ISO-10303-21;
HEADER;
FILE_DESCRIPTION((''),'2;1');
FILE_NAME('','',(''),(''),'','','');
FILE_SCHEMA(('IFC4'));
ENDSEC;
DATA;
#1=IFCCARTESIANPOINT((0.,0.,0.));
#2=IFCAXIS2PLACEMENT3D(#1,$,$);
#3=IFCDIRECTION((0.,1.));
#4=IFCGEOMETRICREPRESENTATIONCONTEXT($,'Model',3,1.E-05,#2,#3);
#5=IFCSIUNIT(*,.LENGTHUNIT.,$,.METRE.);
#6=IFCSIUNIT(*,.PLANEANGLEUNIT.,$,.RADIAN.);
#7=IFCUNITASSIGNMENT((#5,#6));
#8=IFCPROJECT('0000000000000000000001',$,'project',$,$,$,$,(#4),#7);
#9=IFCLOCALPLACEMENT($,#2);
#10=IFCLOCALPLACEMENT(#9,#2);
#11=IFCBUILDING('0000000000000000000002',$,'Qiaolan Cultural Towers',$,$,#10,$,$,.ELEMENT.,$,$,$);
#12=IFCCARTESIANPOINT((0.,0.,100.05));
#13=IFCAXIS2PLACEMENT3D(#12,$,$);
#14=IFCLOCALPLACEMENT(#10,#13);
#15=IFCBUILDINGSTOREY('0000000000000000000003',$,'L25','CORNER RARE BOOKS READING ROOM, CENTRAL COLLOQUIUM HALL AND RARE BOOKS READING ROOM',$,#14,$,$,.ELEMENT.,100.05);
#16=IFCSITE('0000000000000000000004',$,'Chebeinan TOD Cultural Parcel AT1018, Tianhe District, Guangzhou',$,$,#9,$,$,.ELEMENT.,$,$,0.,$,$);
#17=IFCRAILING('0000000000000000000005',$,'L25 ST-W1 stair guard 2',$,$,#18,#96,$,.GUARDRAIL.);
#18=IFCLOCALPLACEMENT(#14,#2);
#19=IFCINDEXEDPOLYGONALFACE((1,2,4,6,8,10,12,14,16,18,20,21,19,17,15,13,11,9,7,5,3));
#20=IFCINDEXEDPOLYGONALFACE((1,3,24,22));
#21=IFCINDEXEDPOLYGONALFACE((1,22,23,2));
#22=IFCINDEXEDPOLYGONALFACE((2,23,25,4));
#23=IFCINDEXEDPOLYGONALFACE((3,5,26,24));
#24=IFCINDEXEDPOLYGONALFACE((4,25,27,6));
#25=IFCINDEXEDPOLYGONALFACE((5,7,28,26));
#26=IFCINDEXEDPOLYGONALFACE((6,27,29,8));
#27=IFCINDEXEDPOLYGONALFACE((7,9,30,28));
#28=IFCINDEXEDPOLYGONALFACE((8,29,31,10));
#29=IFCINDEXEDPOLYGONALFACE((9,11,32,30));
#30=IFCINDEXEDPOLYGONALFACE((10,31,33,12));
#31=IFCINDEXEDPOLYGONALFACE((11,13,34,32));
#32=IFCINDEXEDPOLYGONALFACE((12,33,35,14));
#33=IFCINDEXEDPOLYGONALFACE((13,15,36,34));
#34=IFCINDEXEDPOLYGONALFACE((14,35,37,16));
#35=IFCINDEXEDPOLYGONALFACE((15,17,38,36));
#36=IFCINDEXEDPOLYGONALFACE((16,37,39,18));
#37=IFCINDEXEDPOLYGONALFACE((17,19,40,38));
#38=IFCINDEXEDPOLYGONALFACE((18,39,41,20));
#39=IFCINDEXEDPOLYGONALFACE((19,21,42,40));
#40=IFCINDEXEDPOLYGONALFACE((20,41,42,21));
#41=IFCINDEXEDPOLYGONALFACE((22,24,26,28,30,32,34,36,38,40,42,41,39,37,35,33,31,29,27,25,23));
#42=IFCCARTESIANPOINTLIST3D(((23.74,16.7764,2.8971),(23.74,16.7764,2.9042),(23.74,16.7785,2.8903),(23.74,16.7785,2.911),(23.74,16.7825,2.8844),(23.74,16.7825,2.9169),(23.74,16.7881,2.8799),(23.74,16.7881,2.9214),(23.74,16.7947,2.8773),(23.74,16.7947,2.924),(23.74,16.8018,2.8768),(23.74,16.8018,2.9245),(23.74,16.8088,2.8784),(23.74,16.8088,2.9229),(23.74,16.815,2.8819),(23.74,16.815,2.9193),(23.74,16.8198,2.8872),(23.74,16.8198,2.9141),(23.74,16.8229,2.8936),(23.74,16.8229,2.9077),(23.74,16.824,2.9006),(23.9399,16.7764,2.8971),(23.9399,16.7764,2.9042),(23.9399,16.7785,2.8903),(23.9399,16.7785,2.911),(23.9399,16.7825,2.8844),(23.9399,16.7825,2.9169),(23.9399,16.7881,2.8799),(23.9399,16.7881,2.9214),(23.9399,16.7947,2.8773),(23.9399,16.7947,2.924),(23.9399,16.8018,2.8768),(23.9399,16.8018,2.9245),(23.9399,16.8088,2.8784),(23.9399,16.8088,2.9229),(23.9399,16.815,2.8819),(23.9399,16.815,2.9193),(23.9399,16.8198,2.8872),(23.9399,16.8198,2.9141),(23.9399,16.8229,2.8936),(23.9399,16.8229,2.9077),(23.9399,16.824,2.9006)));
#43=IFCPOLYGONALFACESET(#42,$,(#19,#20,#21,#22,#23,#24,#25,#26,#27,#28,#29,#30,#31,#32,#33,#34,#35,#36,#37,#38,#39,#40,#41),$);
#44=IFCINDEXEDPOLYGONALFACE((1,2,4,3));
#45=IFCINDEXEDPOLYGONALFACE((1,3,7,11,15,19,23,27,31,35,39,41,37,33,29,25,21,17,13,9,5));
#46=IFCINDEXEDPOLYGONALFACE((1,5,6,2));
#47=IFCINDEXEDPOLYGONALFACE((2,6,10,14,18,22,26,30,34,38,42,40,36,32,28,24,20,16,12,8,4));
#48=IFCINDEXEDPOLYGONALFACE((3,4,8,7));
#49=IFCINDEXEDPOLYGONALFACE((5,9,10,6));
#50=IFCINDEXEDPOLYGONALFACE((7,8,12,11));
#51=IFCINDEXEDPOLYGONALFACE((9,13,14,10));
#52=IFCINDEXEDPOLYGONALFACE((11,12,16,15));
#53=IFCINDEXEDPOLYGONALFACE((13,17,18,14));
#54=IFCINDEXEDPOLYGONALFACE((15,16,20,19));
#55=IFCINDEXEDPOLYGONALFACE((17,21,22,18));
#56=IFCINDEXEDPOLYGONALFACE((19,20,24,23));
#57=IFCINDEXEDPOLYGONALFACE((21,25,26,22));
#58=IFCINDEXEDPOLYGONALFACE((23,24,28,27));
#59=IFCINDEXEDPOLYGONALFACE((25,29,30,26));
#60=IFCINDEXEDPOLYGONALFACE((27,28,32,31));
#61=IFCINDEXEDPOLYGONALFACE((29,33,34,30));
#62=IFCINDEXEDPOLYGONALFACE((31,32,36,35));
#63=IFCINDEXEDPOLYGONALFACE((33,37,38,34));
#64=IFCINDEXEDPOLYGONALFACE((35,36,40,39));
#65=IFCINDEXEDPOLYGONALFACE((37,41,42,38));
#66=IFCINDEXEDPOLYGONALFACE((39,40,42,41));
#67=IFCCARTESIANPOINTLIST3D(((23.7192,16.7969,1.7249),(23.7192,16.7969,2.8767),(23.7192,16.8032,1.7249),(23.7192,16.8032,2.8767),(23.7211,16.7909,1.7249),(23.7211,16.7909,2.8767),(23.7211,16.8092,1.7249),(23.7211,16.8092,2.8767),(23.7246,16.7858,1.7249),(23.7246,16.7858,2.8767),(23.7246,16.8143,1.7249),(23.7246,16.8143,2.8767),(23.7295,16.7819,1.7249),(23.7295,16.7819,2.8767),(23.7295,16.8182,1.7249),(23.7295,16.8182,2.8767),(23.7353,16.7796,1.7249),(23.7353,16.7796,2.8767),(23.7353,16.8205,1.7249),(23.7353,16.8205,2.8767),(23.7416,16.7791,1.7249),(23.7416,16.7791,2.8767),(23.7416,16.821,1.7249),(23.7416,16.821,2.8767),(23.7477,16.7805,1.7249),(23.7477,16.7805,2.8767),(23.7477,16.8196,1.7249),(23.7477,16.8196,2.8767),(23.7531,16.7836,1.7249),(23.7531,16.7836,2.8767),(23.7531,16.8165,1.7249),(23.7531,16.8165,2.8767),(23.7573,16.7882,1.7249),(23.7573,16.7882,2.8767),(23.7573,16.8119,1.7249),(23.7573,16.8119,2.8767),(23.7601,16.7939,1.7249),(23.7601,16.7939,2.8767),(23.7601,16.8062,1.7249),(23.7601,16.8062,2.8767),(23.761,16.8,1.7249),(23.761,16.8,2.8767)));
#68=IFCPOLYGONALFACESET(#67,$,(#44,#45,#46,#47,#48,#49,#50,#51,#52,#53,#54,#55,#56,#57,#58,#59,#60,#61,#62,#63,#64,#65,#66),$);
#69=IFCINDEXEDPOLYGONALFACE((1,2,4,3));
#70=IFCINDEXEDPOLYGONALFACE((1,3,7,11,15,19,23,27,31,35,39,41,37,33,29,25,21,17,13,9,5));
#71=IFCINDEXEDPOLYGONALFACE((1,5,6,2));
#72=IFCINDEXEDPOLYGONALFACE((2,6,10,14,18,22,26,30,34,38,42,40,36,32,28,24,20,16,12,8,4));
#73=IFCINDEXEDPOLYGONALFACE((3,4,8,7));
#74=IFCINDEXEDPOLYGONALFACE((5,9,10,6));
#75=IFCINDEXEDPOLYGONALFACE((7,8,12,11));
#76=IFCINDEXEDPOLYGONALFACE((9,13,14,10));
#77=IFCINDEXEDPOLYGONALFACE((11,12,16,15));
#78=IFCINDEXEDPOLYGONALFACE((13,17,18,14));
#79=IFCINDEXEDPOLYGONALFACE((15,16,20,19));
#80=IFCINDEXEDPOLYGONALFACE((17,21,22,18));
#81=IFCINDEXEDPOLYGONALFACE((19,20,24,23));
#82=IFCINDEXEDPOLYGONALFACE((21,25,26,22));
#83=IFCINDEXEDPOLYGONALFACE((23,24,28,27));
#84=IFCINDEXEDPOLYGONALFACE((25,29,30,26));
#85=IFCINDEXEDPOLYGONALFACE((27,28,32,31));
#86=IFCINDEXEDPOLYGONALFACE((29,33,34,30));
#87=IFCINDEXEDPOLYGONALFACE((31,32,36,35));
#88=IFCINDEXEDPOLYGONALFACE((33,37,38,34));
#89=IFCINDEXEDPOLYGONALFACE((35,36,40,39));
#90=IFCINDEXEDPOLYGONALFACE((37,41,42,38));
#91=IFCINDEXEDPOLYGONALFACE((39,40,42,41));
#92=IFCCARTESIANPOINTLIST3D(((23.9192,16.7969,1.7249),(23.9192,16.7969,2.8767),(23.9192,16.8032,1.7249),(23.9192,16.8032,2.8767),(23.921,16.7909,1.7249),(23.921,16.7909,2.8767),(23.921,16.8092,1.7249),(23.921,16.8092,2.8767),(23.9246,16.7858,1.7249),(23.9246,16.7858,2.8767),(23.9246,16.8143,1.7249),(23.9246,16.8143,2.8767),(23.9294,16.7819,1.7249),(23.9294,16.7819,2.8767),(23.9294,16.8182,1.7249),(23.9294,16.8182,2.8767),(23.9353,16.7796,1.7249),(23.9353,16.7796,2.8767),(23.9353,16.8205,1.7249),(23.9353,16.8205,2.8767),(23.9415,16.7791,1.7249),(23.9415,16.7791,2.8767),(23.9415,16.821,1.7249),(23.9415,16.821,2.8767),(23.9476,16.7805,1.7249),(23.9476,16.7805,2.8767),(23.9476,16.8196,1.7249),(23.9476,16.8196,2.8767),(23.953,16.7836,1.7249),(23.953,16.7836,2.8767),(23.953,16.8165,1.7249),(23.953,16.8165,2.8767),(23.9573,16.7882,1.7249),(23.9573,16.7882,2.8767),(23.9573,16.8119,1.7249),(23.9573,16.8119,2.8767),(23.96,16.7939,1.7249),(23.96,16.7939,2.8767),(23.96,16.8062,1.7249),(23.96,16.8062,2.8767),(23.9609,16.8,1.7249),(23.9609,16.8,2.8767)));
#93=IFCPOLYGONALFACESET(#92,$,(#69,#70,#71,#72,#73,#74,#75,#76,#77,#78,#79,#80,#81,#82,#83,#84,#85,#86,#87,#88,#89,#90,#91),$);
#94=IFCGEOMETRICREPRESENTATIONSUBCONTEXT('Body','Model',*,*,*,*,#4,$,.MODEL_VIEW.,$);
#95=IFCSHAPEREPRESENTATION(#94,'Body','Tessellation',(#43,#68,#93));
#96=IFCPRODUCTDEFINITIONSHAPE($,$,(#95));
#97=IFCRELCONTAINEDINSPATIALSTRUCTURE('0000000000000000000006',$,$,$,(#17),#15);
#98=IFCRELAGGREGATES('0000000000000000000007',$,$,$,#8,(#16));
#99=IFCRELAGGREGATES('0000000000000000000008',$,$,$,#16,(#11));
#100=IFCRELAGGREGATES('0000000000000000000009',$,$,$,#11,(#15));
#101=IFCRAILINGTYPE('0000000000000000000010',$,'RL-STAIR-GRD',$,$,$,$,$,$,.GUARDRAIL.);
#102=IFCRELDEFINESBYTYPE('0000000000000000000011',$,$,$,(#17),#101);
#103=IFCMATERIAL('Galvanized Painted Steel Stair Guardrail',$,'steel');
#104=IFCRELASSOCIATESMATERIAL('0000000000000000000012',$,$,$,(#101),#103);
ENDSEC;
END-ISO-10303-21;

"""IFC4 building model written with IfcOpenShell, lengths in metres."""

from ifc_helpers import new_model, si_unit, direction, frame, origin, origin_2d, place, context, subcontext, project, spatial, circle, extrude, material, type_object, element, save


model = new_model("IFC4")

# Units and contexts
model_context = context("Model", 3, precision=1e-05, world=origin(), true_north=direction((0.0, 1.0)))
body_context = subcontext(model_context, "Body", "Model", "MODEL_VIEW")
ifc_project = project(units=[si_unit("LENGTHUNIT", "METRE"), si_unit("PLANEANGLEUNIT", "RADIAN")], contexts=[model_context])

# Site, building, storey
site_placement = place(None, origin())
site = spatial("IfcSite", under=ifc_project, at=site_placement, Name="Chebeinan TOD Cultural Parcel AT1018, Tianhe District, Guangzhou", CompositionType="ELEMENT", RefElevation=0.0)
building_placement = place(site_placement, origin())
building = spatial("IfcBuilding", under=site, at=building_placement, Name="Qiaolan Cultural Towers", CompositionType="ELEMENT")
storey_placement = place(building_placement, frame((0.0, 0.0, 100.05)))
storey = spatial("IfcBuildingStorey", under=building, at=storey_placement, Name="L25", Description="CORNER RARE BOOKS READING ROOM, CENTRAL COLLOQUIUM HALL AND RARE BOOKS READING ROOM", CompositionType="ELEMENT", Elevation=100.05)

# Railing
ifc_material_1 = material(Name="Galvanized Painted Steel Stair Guardrail", Category="steel")
railing_type_1 = type_object("IfcRailingType", Name="RL-STAIR-GRD", PredefinedType="GUARDRAIL", material=ifc_material_1)
railing_1_placement = place(storey_placement, frame((23.74, 16.8, 1.7249)))
element("IfcRailing", 1, at=railing_1_placement, inside=storey, type_object=railing_type_1, Name="L25 ST-W1 stair guard 2", PredefinedType="GUARDRAIL", context=body_context, shape_type="SweptSolid", body=[
    extrude(circle(Radius=0.0239, at=origin_2d()), frame((0.0, 0.0, 1.1758), z_axis=(1.0, 0.0, 0.0), x_axis=(0.0, 1.0, 0.0)), (0.0, 0.0, 1.0), 0.2),
    extrude(circle(Radius=0.021, at=origin_2d()), origin(), (0.0, 0.0, 1.0), 1.1519),
    extrude(circle(Radius=0.021, at=origin_2d()), frame((0.2, 0.0, 0.0)), (0.0, 0.0, 1.0), 1.1519),
])

save(model, "model.ifc")
